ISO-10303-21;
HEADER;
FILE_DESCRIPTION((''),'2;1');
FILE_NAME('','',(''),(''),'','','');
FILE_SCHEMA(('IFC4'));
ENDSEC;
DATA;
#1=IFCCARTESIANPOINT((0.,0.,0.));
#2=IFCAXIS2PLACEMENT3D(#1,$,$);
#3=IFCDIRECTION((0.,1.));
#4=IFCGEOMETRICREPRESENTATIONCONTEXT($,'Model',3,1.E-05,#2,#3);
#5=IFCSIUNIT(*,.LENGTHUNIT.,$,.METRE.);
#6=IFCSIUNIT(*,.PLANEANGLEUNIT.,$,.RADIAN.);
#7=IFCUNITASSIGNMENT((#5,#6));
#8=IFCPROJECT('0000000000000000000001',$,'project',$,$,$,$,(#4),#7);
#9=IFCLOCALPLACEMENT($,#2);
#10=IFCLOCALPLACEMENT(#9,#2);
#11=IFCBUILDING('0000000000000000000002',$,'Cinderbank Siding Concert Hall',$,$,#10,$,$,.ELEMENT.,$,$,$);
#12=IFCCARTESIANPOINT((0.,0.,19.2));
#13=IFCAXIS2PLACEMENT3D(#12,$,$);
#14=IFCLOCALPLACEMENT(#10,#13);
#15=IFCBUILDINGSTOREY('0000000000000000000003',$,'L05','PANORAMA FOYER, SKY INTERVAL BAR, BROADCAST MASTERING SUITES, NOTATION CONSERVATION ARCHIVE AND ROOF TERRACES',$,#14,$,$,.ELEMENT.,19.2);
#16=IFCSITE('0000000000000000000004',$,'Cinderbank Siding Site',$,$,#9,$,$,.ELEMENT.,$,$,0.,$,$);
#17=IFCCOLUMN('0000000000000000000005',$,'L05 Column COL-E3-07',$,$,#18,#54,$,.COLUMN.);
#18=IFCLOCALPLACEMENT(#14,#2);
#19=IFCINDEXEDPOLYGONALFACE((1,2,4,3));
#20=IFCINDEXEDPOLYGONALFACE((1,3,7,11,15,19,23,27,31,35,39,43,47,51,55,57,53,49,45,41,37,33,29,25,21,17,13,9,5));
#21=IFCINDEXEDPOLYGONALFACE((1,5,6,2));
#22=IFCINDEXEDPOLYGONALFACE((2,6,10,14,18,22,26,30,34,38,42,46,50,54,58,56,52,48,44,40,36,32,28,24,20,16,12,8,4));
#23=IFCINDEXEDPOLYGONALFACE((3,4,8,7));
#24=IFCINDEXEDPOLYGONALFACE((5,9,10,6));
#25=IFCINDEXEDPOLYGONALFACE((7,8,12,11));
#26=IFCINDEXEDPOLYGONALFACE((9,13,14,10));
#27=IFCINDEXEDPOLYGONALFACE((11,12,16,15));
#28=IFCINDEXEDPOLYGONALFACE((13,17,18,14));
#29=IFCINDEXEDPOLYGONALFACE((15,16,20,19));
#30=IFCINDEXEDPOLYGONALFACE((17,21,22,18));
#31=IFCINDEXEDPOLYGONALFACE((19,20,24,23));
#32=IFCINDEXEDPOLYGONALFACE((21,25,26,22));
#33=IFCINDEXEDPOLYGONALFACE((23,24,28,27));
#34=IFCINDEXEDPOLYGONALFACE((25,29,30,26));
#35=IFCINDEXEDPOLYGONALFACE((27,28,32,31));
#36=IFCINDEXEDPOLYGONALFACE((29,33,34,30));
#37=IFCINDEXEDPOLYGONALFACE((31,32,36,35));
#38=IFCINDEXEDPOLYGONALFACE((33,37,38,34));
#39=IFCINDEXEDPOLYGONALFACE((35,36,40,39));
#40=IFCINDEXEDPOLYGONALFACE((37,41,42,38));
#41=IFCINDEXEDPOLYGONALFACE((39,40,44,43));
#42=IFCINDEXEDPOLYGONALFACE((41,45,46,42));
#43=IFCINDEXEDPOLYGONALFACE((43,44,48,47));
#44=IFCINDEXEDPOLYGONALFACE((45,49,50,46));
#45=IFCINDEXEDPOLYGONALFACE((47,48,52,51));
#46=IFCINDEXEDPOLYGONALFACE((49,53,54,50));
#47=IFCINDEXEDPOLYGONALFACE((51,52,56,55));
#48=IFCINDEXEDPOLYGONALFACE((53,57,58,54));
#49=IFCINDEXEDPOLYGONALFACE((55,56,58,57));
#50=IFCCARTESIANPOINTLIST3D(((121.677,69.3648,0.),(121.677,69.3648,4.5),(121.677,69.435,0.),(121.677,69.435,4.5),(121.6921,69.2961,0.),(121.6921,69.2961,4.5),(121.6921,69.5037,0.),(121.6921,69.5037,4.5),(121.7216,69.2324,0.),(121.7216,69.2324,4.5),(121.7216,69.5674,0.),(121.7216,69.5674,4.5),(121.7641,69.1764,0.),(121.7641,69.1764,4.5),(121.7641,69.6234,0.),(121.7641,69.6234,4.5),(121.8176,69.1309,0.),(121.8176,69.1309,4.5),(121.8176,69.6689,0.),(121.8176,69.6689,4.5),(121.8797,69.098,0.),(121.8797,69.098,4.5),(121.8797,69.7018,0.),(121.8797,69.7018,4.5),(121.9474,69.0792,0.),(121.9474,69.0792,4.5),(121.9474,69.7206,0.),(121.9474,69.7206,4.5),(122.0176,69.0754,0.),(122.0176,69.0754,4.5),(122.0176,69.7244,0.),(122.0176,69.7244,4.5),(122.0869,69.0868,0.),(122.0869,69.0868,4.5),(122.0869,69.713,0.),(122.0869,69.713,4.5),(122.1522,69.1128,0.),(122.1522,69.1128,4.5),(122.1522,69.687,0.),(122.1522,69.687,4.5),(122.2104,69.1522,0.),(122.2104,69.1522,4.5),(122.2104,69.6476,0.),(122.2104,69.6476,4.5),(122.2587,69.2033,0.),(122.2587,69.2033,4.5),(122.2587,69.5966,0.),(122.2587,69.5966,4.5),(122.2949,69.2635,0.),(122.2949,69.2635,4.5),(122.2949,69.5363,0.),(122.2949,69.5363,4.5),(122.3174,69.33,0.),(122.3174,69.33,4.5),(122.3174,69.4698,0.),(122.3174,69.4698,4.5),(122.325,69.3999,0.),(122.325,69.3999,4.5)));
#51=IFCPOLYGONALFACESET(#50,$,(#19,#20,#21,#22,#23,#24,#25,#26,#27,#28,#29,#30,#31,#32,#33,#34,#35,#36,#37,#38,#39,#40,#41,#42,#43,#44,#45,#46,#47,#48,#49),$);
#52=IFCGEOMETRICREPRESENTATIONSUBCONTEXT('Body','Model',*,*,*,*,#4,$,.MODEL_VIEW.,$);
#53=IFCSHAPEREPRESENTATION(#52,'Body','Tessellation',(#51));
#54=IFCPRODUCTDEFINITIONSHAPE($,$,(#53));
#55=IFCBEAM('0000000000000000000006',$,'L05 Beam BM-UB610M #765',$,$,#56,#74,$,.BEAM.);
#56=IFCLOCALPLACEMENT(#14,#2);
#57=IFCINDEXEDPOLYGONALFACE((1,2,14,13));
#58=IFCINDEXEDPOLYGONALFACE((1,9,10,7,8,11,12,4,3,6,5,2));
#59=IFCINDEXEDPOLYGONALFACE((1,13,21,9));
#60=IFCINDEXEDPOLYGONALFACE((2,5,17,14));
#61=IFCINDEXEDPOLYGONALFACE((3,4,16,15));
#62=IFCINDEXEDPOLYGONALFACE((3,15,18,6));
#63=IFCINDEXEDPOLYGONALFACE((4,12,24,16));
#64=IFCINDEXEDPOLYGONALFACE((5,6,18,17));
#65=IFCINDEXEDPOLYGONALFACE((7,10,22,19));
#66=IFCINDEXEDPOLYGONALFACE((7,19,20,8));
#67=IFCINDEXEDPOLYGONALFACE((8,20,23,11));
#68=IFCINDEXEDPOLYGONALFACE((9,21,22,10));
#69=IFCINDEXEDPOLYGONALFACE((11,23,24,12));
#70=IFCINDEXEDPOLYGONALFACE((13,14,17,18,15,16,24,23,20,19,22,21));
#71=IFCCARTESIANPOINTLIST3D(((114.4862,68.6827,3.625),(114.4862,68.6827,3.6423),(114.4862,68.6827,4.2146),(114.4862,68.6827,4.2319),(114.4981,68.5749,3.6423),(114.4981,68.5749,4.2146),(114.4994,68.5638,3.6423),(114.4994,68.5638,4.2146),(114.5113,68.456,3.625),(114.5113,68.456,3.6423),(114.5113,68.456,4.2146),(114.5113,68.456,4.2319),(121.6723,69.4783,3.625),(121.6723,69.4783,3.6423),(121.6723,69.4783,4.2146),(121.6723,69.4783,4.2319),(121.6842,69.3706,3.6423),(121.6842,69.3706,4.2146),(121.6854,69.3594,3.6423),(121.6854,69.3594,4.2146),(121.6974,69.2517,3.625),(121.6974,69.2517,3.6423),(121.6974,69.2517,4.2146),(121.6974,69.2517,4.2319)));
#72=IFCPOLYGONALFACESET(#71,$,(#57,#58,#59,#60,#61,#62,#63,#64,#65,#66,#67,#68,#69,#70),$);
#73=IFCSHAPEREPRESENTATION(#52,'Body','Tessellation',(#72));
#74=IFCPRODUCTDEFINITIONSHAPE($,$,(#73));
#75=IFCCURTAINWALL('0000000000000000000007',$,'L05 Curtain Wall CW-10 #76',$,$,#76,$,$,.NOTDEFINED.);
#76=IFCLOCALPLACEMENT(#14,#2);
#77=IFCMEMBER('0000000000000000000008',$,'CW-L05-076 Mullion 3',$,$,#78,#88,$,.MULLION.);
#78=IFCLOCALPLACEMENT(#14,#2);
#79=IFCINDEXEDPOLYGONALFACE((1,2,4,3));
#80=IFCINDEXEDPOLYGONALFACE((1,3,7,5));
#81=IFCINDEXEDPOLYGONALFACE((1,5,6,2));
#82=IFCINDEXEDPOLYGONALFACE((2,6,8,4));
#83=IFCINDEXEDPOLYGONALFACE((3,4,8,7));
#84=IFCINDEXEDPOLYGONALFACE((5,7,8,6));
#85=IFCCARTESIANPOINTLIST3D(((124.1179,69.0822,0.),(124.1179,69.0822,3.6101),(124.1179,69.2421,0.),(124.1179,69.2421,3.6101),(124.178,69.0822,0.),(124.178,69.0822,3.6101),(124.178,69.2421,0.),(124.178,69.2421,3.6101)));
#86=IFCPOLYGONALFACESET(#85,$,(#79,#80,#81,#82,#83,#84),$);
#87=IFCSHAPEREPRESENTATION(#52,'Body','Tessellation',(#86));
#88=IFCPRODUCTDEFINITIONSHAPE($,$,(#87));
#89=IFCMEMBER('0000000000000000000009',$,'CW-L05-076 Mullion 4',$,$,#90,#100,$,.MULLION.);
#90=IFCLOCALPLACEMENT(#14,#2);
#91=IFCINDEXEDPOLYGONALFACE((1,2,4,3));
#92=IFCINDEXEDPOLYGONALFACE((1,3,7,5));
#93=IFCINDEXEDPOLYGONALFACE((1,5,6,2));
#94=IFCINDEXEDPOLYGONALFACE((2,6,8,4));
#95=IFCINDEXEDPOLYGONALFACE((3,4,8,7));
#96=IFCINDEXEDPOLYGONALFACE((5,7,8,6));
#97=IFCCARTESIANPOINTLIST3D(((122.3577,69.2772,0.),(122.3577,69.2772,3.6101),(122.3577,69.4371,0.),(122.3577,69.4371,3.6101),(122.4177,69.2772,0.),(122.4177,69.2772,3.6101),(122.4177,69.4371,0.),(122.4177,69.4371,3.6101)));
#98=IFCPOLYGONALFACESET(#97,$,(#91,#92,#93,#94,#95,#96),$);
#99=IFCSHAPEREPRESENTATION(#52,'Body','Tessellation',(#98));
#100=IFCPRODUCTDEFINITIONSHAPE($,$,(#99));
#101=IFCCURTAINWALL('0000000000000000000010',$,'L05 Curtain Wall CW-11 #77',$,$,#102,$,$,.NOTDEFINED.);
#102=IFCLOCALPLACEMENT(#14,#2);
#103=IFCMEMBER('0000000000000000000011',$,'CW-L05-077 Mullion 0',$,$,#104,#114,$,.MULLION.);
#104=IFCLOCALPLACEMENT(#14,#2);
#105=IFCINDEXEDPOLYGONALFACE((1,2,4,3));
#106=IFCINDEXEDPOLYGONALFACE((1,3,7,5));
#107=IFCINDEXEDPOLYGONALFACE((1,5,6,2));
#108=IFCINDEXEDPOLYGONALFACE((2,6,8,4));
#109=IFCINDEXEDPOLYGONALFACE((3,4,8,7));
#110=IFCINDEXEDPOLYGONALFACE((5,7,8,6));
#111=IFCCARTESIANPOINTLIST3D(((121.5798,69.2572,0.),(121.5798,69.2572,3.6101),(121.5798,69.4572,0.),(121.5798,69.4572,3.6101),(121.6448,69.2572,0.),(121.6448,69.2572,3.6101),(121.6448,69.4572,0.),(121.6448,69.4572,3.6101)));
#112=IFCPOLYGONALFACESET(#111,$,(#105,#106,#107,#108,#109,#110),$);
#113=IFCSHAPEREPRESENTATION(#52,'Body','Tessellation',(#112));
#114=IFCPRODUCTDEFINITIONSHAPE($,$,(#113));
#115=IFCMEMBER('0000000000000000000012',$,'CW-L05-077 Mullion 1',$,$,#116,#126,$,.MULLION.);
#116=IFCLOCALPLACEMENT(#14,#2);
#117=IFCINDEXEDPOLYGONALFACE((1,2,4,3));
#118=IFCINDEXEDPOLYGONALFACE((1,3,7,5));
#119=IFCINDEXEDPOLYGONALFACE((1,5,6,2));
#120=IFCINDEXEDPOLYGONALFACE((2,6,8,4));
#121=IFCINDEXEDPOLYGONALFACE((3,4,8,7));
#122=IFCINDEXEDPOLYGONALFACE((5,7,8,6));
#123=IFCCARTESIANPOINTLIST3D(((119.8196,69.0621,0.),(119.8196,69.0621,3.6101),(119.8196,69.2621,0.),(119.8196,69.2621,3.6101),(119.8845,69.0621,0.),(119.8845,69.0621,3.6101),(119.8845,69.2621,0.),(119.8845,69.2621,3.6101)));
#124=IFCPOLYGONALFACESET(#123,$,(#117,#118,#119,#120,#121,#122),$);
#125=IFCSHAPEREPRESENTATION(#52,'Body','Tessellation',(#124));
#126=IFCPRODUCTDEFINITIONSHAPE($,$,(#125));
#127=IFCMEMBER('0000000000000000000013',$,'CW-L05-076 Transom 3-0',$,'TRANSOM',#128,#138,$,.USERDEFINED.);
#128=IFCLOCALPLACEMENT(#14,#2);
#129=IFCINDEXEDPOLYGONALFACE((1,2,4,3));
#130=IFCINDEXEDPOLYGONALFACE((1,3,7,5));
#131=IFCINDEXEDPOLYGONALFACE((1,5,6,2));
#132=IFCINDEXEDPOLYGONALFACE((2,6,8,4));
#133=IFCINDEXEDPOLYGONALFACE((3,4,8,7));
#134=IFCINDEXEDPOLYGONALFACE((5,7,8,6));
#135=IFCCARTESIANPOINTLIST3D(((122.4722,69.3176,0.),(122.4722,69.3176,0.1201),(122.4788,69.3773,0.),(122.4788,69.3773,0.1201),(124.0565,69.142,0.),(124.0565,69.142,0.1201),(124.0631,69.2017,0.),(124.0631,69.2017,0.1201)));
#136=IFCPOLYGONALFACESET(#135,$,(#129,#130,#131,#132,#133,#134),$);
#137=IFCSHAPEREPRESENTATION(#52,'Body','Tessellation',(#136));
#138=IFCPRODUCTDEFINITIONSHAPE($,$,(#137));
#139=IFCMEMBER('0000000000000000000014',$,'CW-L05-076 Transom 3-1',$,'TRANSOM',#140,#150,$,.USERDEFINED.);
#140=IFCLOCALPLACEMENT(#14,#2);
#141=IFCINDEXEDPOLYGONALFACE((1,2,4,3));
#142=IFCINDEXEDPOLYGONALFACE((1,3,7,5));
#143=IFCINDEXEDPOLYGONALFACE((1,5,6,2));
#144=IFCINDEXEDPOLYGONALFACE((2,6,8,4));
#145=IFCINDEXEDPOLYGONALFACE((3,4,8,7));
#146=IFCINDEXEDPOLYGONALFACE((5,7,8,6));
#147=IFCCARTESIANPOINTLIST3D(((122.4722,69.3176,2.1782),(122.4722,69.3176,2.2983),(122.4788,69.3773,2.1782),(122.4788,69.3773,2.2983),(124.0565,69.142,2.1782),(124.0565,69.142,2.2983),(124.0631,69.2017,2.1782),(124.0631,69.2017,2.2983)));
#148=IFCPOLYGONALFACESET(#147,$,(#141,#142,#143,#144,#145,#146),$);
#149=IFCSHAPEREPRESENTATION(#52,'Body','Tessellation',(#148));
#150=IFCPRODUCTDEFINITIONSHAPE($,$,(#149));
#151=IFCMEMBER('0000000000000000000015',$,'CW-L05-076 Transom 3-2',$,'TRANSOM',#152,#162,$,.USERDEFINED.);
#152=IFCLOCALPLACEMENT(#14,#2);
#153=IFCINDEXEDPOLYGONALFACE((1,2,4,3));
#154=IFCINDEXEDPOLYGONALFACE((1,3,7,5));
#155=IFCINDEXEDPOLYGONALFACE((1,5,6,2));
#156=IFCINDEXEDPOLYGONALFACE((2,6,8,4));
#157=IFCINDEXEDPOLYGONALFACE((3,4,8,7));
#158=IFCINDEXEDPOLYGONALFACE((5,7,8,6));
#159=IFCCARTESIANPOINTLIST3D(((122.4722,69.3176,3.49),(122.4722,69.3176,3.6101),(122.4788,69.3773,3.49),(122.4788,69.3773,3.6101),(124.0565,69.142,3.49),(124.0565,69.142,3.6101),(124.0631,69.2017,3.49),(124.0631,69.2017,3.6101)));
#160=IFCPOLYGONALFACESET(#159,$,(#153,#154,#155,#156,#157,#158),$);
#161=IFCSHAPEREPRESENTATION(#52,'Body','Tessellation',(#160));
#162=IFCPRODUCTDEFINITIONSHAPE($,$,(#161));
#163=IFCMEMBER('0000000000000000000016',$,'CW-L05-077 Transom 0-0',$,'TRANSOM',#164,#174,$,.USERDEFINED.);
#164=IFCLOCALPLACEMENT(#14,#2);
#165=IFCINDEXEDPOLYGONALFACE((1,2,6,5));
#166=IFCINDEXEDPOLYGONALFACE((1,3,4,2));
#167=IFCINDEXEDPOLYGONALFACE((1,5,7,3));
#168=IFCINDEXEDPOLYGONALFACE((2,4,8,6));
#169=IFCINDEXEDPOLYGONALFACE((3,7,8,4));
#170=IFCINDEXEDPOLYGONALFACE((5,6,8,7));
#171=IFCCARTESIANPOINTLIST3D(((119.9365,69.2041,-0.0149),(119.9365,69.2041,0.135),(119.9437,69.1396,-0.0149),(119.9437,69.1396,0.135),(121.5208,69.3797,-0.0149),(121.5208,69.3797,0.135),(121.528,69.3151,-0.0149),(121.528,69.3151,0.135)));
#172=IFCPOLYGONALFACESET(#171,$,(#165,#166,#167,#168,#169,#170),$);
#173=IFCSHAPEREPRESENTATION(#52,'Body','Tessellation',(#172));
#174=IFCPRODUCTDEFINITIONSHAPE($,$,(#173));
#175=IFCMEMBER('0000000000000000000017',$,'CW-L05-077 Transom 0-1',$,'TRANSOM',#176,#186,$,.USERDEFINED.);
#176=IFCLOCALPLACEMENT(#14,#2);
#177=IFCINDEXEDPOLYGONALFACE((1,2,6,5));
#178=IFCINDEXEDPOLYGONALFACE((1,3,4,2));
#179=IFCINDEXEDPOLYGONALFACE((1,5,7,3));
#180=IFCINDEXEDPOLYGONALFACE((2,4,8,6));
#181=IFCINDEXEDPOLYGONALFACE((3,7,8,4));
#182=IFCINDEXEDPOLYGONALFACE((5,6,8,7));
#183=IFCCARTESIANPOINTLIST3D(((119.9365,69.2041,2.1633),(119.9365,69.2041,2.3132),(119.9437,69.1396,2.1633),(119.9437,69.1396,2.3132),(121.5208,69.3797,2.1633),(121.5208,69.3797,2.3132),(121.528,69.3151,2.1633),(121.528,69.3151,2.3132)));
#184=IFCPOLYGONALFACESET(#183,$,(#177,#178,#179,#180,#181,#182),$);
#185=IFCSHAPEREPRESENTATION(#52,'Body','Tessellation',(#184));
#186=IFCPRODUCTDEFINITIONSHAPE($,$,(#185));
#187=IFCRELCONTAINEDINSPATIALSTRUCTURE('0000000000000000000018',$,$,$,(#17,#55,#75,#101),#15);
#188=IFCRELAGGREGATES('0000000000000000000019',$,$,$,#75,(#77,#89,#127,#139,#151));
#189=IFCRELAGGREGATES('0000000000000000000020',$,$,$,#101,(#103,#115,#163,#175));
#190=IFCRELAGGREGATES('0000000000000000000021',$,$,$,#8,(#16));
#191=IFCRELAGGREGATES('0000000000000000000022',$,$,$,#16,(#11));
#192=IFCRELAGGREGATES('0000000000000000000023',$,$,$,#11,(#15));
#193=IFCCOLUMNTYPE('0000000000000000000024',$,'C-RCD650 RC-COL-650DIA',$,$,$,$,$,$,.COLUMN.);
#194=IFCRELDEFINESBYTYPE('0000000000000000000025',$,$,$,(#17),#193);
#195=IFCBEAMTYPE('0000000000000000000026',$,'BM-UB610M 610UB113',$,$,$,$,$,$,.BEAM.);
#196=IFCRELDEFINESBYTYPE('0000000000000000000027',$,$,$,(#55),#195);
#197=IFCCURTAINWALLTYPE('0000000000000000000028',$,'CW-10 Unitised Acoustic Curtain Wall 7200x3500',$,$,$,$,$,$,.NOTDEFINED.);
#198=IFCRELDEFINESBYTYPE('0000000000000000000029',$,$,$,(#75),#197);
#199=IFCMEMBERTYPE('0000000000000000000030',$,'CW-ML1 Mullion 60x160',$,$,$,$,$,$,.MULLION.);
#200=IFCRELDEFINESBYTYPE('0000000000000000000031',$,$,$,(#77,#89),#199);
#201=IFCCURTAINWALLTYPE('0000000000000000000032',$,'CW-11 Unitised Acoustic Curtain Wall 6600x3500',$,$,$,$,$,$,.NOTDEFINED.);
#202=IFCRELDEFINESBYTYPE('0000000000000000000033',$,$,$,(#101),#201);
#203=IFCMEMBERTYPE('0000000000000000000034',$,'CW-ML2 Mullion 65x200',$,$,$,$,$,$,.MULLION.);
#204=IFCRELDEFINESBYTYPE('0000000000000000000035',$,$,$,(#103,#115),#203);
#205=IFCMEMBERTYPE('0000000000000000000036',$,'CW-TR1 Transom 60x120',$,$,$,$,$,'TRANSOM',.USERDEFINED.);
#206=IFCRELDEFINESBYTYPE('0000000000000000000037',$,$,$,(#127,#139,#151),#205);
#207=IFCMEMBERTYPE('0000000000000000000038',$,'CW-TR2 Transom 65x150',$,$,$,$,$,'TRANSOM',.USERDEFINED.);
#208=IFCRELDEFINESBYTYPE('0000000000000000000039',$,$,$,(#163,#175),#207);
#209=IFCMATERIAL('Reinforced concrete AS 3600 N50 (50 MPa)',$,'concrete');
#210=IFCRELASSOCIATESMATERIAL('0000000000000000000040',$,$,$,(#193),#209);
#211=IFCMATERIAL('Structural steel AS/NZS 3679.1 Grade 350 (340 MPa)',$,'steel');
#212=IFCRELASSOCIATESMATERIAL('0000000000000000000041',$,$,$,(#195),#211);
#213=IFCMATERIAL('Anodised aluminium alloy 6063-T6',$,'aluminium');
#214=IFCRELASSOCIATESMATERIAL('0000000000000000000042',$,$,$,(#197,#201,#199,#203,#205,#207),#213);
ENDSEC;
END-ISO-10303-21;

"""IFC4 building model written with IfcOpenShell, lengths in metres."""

from ifc_helpers import new_model, si_unit, direction, frame, origin, origin_2d, place, context, subcontext, project, spatial, rectangle, circle, i_section, extrude, material, material_profile, profile_set, type_object, element, aggregate, save


model = new_model("IFC4")

# Units and contexts
model_context = context("Model", 3, precision=1e-05, world=origin(), true_north=direction((0.0, 1.0)))
body_context = subcontext(model_context, "Body", "Model", "MODEL_VIEW")
ifc_project = project(units=[si_unit("LENGTHUNIT", "METRE"), si_unit("PLANEANGLEUNIT", "RADIAN")], contexts=[model_context])

# Site, building, storey
site_placement = place(None, origin())
site = spatial("IfcSite", under=ifc_project, at=site_placement, Name="Cinderbank Siding Site", CompositionType="ELEMENT", RefElevation=0.0)
building_placement = place(site_placement, origin())
building = spatial("IfcBuilding", under=site, at=building_placement, Name="Cinderbank Siding Concert Hall", CompositionType="ELEMENT")
storey_placement = place(building_placement, frame((0.0, 0.0, 19.2)))
storey = spatial("IfcBuildingStorey", under=building, at=storey_placement, Name="L05", Description="PANORAMA FOYER, SKY INTERVAL BAR, BROADCAST MASTERING SUITES, NOTATION CONSERVATION ARCHIVE AND ROOF TERRACES", CompositionType="ELEMENT", Elevation=19.2)

# Column
ifc_material_1 = material(Name="Reinforced concrete AS 3600 N50 (50 MPa)", Category="concrete")
ifc_material_profile_1 = material_profile(ifc_material_1, circle(Radius=0.325, at=origin_2d()), Name="RC-COL-650DIA", Category="LoadBearing")
ifc_profile_set_1 = profile_set([ifc_material_profile_1], Name="Reinforced concrete AS 3600 N50 (50 MPa)")
column_type = type_object("IfcColumnType", Name="C-RCD650 RC-COL-650DIA", PredefinedType="COLUMN", material=ifc_profile_set_1)
column_placement = place(storey_placement, frame((122.0, 69.3999, 0.0), z_axis=(0.0, 0.0, 1.0), x_axis=(1.0, 0.0, 0.0)))
element("IfcColumn", 1, at=column_placement, inside=storey, type_object=column_type, Name="L05 Column COL-E3-07", PredefinedType="COLUMN", context=body_context, shape_type="SweptSolid", body=[
    extrude(circle(Radius=0.325, at=origin_2d()), origin(), (0.0, 0.0, 1.0), 4.5),
])

# Beam
ifc_material_2 = material(Name="Structural steel AS/NZS 3679.1 Grade 350 (340 MPa)", Category="steel")
ifc_material_profile_2 = material_profile(ifc_material_2, i_section(OverallWidth=0.228, OverallDepth=0.6069, WebThickness=0.0112, FlangeThickness=0.0173, at=origin_2d()), Name="610UB113", Category="LoadBearing")
ifc_profile_set_2 = profile_set([ifc_material_profile_2], Name="Structural steel AS/NZS 3679.1 Grade 350 (340 MPa)")
beam_type = type_object("IfcBeamType", Name="BM-UB610M 610UB113", PredefinedType="BEAM", material=ifc_profile_set_2)
beam_placement = place(storey_placement, frame((121.6848, 69.365, 3.9285), z_axis=(-0.993926, -0.11005, 0.0), x_axis=(0.11005, -0.993926, 0.0)))
element("IfcBeam", 2, at=beam_placement, inside=storey, type_object=beam_type, Name="L05 Beam BM-UB610M #765", PredefinedType="BEAM", context=body_context, shape_type="SweptSolid", body=[
    extrude(i_section(OverallWidth=0.228, OverallDepth=0.6069, WebThickness=0.0112, FlangeThickness=0.0173, at=origin_2d()), origin(), (0.0, 0.0, 1.0), 7.23),
])

# Curtain walls, members
ifc_material_3 = material(Name="Anodised aluminium alloy 6063-T6", Category="aluminium")
curtain_wall_type_1 = type_object("IfcCurtainWallType", Name="CW-10 Unitised Acoustic Curtain Wall 7200x3500", PredefinedType="NOTDEFINED", material=ifc_material_3)
curtain_wall_1_placement = place(storey_placement, origin())
curtain_wall_1 = element("IfcCurtainWall", 3, at=curtain_wall_1_placement, inside=storey, type_object=curtain_wall_type_1, Name="L05 Curtain Wall CW-10 #76", PredefinedType="NOTDEFINED")
ifc_material_profile_3 = material_profile(ifc_material_3, rectangle(XDim=0.0601, YDim=0.1599, at=origin_2d()), Name="ALU-MULL-60x160", Category="LoadBearing")
ifc_profile_set_3 = profile_set([ifc_material_profile_3], Name="Anodised aluminium alloy 6063-T6")
member_type_1 = type_object("IfcMemberType", Name="CW-ML1 Mullion 60x160", PredefinedType="MULLION", material=ifc_profile_set_3)
member_1_placement = place(storey_placement, frame((124.1479, 69.1621, 0.0), z_axis=(0.0, 0.0, 1.0), x_axis=(1.0, 0.0, 0.0)))
member_1 = element("IfcMember", 4, at=member_1_placement, type_object=member_type_1, Name="CW-L05-076 Mullion 3", PredefinedType="MULLION", context=body_context, shape_type="SweptSolid", body=[
    extrude(rectangle(XDim=0.0601, YDim=0.1599, at=origin_2d()), origin(), (0.0, 0.0, 1.0), 3.6101),
])
member_2_placement = place(storey_placement, frame((122.3877, 69.3572, 0.0), z_axis=(0.0, 0.0, 1.0), x_axis=(1.0, 0.0, 0.0)))
member_2 = element("IfcMember", 5, at=member_2_placement, type_object=member_type_1, Name="CW-L05-076 Mullion 4", PredefinedType="MULLION", context=body_context, shape_type="SweptSolid", body=[
    extrude(rectangle(XDim=0.0601, YDim=0.1599, at=origin_2d()), origin(), (0.0, 0.0, 1.0), 3.6101),
])
curtain_wall_type_2 = type_object("IfcCurtainWallType", Name="CW-11 Unitised Acoustic Curtain Wall 6600x3500", PredefinedType="NOTDEFINED", material=ifc_material_3)
curtain_wall_2_placement = place(storey_placement, origin())
curtain_wall_2 = element("IfcCurtainWall", 6, at=curtain_wall_2_placement, inside=storey, type_object=curtain_wall_type_2, Name="L05 Curtain Wall CW-11 #77", PredefinedType="NOTDEFINED")
ifc_material_profile_4 = material_profile(ifc_material_3, rectangle(XDim=0.0649, YDim=0.2, at=origin_2d()), Name="ALU-MULL-65x200", Category="LoadBearing")
ifc_profile_set_4 = profile_set([ifc_material_profile_4], Name="Anodised aluminium alloy 6063-T6")
member_type_2 = type_object("IfcMemberType", Name="CW-ML2 Mullion 65x200", PredefinedType="MULLION", material=ifc_profile_set_4)
member_3_placement = place(storey_placement, frame((121.6123, 69.3572, 0.0), z_axis=(0.0, 0.0, 1.0), x_axis=(1.0, 0.0, 0.0)))
member_3 = element("IfcMember", 7, at=member_3_placement, type_object=member_type_2, Name="CW-L05-077 Mullion 0", PredefinedType="MULLION", context=body_context, shape_type="SweptSolid", body=[
    extrude(rectangle(XDim=0.0649, YDim=0.2, at=origin_2d()), origin(), (0.0, 0.0, 1.0), 3.6101),
])
member_4_placement = place(storey_placement, frame((119.8521, 69.1621, 0.0), z_axis=(0.0, 0.0, 1.0), x_axis=(1.0, 0.0, 0.0)))
member_4 = element("IfcMember", 8, at=member_4_placement, type_object=member_type_2, Name="CW-L05-077 Mullion 1", PredefinedType="MULLION", context=body_context, shape_type="SweptSolid", body=[
    extrude(rectangle(XDim=0.0649, YDim=0.2, at=origin_2d()), origin(), (0.0, 0.0, 1.0), 3.6101),
])

# Members
ifc_material_profile_5 = material_profile(ifc_material_3, rectangle(XDim=0.0601, YDim=0.1201, at=origin_2d()), Name="ALU-TRAN-60x120", Category="LoadBearing")
ifc_profile_set_5 = profile_set([ifc_material_profile_5], Name="Anodised aluminium alloy 6063-T6")
member_type_3 = type_object("IfcMemberType", Name="CW-TR1 Transom 60x120", ElementType="TRANSOM", PredefinedType="USERDEFINED", material=ifc_profile_set_5)
member_5_placement = place(storey_placement, frame((124.0598, 69.1719, 0.0601), z_axis=(-0.993917, 0.110129, 0.0), x_axis=(-0.110129, -0.993917, 0.0)))
member_5 = element("IfcMember", 9, at=member_5_placement, type_object=member_type_3, Name="CW-L05-076 Transom 3-0", ObjectType="TRANSOM", PredefinedType="USERDEFINED", context=body_context, shape_type="SweptSolid", body=[
    extrude(rectangle(XDim=0.0601, YDim=0.1201, at=origin_2d()), origin(), (0.0, 0.0, 1.0), 1.594),
])
member_6_placement = place(storey_placement, frame((124.0598, 69.1719, 2.2383), z_axis=(-0.993917, 0.110129, 0.0), x_axis=(-0.110129, -0.993917, 0.0)))
member_6 = element("IfcMember", 10, at=member_6_placement, type_object=member_type_3, Name="CW-L05-076 Transom 3-1", ObjectType="TRANSOM", PredefinedType="USERDEFINED", context=body_context, shape_type="SweptSolid", body=[
    extrude(rectangle(XDim=0.0601, YDim=0.1201, at=origin_2d()), origin(), (0.0, 0.0, 1.0), 1.594),
])
member_7_placement = place(storey_placement, frame((124.0598, 69.1719, 3.55), z_axis=(-0.993917, 0.110129, 0.0), x_axis=(-0.110129, -0.993917, 0.0)))
member_7 = element("IfcMember", 11, at=member_7_placement, type_object=member_type_3, Name="CW-L05-076 Transom 3-2", ObjectType="TRANSOM", PredefinedType="USERDEFINED", context=body_context, shape_type="SweptSolid", body=[
    extrude(rectangle(XDim=0.0601, YDim=0.1201, at=origin_2d()), origin(), (0.0, 0.0, 1.0), 1.594),
])
ifc_material_profile_6 = material_profile(ifc_material_3, rectangle(XDim=0.0649, YDim=0.1499, at=origin_2d()), Name="ALU-TRAN-65x150", Category="LoadBearing")
ifc_profile_set_6 = profile_set([ifc_material_profile_6], Name="Anodised aluminium alloy 6063-T6")
member_type_4 = type_object("IfcMemberType", Name="CW-TR2 Transom 65x150", ElementType="TRANSOM", PredefinedType="USERDEFINED", material=ifc_profile_set_6)
member_8_placement = place(storey_placement, frame((121.5244, 69.3474, 0.0601), z_axis=(-0.993917, -0.110129, 0.0), x_axis=(0.110129, -0.993917, 0.0)))
member_8 = element("IfcMember", 12, at=member_8_placement, type_object=member_type_4, Name="CW-L05-077 Transom 0-0", ObjectType="TRANSOM", PredefinedType="USERDEFINED", context=body_context, shape_type="SweptSolid", body=[
    extrude(rectangle(XDim=0.0649, YDim=0.1499, at=origin_2d()), origin(), (0.0, 0.0, 1.0), 1.594),
])
member_9_placement = place(storey_placement, frame((121.5244, 69.3474, 2.2383), z_axis=(-0.993917, -0.110129, 0.0), x_axis=(0.110129, -0.993917, 0.0)))
member_9 = element("IfcMember", 13, at=member_9_placement, type_object=member_type_4, Name="CW-L05-077 Transom 0-1", ObjectType="TRANSOM", PredefinedType="USERDEFINED", context=body_context, shape_type="SweptSolid", body=[
    extrude(rectangle(XDim=0.0649, YDim=0.1499, at=origin_2d()), origin(), (0.0, 0.0, 1.0), 1.594),
])

aggregate(curtain_wall_1, [member_1, member_2, member_5, member_6, member_7])
aggregate(curtain_wall_2, [member_3, member_4, member_8, member_9])

save(model, "model.ifc")
